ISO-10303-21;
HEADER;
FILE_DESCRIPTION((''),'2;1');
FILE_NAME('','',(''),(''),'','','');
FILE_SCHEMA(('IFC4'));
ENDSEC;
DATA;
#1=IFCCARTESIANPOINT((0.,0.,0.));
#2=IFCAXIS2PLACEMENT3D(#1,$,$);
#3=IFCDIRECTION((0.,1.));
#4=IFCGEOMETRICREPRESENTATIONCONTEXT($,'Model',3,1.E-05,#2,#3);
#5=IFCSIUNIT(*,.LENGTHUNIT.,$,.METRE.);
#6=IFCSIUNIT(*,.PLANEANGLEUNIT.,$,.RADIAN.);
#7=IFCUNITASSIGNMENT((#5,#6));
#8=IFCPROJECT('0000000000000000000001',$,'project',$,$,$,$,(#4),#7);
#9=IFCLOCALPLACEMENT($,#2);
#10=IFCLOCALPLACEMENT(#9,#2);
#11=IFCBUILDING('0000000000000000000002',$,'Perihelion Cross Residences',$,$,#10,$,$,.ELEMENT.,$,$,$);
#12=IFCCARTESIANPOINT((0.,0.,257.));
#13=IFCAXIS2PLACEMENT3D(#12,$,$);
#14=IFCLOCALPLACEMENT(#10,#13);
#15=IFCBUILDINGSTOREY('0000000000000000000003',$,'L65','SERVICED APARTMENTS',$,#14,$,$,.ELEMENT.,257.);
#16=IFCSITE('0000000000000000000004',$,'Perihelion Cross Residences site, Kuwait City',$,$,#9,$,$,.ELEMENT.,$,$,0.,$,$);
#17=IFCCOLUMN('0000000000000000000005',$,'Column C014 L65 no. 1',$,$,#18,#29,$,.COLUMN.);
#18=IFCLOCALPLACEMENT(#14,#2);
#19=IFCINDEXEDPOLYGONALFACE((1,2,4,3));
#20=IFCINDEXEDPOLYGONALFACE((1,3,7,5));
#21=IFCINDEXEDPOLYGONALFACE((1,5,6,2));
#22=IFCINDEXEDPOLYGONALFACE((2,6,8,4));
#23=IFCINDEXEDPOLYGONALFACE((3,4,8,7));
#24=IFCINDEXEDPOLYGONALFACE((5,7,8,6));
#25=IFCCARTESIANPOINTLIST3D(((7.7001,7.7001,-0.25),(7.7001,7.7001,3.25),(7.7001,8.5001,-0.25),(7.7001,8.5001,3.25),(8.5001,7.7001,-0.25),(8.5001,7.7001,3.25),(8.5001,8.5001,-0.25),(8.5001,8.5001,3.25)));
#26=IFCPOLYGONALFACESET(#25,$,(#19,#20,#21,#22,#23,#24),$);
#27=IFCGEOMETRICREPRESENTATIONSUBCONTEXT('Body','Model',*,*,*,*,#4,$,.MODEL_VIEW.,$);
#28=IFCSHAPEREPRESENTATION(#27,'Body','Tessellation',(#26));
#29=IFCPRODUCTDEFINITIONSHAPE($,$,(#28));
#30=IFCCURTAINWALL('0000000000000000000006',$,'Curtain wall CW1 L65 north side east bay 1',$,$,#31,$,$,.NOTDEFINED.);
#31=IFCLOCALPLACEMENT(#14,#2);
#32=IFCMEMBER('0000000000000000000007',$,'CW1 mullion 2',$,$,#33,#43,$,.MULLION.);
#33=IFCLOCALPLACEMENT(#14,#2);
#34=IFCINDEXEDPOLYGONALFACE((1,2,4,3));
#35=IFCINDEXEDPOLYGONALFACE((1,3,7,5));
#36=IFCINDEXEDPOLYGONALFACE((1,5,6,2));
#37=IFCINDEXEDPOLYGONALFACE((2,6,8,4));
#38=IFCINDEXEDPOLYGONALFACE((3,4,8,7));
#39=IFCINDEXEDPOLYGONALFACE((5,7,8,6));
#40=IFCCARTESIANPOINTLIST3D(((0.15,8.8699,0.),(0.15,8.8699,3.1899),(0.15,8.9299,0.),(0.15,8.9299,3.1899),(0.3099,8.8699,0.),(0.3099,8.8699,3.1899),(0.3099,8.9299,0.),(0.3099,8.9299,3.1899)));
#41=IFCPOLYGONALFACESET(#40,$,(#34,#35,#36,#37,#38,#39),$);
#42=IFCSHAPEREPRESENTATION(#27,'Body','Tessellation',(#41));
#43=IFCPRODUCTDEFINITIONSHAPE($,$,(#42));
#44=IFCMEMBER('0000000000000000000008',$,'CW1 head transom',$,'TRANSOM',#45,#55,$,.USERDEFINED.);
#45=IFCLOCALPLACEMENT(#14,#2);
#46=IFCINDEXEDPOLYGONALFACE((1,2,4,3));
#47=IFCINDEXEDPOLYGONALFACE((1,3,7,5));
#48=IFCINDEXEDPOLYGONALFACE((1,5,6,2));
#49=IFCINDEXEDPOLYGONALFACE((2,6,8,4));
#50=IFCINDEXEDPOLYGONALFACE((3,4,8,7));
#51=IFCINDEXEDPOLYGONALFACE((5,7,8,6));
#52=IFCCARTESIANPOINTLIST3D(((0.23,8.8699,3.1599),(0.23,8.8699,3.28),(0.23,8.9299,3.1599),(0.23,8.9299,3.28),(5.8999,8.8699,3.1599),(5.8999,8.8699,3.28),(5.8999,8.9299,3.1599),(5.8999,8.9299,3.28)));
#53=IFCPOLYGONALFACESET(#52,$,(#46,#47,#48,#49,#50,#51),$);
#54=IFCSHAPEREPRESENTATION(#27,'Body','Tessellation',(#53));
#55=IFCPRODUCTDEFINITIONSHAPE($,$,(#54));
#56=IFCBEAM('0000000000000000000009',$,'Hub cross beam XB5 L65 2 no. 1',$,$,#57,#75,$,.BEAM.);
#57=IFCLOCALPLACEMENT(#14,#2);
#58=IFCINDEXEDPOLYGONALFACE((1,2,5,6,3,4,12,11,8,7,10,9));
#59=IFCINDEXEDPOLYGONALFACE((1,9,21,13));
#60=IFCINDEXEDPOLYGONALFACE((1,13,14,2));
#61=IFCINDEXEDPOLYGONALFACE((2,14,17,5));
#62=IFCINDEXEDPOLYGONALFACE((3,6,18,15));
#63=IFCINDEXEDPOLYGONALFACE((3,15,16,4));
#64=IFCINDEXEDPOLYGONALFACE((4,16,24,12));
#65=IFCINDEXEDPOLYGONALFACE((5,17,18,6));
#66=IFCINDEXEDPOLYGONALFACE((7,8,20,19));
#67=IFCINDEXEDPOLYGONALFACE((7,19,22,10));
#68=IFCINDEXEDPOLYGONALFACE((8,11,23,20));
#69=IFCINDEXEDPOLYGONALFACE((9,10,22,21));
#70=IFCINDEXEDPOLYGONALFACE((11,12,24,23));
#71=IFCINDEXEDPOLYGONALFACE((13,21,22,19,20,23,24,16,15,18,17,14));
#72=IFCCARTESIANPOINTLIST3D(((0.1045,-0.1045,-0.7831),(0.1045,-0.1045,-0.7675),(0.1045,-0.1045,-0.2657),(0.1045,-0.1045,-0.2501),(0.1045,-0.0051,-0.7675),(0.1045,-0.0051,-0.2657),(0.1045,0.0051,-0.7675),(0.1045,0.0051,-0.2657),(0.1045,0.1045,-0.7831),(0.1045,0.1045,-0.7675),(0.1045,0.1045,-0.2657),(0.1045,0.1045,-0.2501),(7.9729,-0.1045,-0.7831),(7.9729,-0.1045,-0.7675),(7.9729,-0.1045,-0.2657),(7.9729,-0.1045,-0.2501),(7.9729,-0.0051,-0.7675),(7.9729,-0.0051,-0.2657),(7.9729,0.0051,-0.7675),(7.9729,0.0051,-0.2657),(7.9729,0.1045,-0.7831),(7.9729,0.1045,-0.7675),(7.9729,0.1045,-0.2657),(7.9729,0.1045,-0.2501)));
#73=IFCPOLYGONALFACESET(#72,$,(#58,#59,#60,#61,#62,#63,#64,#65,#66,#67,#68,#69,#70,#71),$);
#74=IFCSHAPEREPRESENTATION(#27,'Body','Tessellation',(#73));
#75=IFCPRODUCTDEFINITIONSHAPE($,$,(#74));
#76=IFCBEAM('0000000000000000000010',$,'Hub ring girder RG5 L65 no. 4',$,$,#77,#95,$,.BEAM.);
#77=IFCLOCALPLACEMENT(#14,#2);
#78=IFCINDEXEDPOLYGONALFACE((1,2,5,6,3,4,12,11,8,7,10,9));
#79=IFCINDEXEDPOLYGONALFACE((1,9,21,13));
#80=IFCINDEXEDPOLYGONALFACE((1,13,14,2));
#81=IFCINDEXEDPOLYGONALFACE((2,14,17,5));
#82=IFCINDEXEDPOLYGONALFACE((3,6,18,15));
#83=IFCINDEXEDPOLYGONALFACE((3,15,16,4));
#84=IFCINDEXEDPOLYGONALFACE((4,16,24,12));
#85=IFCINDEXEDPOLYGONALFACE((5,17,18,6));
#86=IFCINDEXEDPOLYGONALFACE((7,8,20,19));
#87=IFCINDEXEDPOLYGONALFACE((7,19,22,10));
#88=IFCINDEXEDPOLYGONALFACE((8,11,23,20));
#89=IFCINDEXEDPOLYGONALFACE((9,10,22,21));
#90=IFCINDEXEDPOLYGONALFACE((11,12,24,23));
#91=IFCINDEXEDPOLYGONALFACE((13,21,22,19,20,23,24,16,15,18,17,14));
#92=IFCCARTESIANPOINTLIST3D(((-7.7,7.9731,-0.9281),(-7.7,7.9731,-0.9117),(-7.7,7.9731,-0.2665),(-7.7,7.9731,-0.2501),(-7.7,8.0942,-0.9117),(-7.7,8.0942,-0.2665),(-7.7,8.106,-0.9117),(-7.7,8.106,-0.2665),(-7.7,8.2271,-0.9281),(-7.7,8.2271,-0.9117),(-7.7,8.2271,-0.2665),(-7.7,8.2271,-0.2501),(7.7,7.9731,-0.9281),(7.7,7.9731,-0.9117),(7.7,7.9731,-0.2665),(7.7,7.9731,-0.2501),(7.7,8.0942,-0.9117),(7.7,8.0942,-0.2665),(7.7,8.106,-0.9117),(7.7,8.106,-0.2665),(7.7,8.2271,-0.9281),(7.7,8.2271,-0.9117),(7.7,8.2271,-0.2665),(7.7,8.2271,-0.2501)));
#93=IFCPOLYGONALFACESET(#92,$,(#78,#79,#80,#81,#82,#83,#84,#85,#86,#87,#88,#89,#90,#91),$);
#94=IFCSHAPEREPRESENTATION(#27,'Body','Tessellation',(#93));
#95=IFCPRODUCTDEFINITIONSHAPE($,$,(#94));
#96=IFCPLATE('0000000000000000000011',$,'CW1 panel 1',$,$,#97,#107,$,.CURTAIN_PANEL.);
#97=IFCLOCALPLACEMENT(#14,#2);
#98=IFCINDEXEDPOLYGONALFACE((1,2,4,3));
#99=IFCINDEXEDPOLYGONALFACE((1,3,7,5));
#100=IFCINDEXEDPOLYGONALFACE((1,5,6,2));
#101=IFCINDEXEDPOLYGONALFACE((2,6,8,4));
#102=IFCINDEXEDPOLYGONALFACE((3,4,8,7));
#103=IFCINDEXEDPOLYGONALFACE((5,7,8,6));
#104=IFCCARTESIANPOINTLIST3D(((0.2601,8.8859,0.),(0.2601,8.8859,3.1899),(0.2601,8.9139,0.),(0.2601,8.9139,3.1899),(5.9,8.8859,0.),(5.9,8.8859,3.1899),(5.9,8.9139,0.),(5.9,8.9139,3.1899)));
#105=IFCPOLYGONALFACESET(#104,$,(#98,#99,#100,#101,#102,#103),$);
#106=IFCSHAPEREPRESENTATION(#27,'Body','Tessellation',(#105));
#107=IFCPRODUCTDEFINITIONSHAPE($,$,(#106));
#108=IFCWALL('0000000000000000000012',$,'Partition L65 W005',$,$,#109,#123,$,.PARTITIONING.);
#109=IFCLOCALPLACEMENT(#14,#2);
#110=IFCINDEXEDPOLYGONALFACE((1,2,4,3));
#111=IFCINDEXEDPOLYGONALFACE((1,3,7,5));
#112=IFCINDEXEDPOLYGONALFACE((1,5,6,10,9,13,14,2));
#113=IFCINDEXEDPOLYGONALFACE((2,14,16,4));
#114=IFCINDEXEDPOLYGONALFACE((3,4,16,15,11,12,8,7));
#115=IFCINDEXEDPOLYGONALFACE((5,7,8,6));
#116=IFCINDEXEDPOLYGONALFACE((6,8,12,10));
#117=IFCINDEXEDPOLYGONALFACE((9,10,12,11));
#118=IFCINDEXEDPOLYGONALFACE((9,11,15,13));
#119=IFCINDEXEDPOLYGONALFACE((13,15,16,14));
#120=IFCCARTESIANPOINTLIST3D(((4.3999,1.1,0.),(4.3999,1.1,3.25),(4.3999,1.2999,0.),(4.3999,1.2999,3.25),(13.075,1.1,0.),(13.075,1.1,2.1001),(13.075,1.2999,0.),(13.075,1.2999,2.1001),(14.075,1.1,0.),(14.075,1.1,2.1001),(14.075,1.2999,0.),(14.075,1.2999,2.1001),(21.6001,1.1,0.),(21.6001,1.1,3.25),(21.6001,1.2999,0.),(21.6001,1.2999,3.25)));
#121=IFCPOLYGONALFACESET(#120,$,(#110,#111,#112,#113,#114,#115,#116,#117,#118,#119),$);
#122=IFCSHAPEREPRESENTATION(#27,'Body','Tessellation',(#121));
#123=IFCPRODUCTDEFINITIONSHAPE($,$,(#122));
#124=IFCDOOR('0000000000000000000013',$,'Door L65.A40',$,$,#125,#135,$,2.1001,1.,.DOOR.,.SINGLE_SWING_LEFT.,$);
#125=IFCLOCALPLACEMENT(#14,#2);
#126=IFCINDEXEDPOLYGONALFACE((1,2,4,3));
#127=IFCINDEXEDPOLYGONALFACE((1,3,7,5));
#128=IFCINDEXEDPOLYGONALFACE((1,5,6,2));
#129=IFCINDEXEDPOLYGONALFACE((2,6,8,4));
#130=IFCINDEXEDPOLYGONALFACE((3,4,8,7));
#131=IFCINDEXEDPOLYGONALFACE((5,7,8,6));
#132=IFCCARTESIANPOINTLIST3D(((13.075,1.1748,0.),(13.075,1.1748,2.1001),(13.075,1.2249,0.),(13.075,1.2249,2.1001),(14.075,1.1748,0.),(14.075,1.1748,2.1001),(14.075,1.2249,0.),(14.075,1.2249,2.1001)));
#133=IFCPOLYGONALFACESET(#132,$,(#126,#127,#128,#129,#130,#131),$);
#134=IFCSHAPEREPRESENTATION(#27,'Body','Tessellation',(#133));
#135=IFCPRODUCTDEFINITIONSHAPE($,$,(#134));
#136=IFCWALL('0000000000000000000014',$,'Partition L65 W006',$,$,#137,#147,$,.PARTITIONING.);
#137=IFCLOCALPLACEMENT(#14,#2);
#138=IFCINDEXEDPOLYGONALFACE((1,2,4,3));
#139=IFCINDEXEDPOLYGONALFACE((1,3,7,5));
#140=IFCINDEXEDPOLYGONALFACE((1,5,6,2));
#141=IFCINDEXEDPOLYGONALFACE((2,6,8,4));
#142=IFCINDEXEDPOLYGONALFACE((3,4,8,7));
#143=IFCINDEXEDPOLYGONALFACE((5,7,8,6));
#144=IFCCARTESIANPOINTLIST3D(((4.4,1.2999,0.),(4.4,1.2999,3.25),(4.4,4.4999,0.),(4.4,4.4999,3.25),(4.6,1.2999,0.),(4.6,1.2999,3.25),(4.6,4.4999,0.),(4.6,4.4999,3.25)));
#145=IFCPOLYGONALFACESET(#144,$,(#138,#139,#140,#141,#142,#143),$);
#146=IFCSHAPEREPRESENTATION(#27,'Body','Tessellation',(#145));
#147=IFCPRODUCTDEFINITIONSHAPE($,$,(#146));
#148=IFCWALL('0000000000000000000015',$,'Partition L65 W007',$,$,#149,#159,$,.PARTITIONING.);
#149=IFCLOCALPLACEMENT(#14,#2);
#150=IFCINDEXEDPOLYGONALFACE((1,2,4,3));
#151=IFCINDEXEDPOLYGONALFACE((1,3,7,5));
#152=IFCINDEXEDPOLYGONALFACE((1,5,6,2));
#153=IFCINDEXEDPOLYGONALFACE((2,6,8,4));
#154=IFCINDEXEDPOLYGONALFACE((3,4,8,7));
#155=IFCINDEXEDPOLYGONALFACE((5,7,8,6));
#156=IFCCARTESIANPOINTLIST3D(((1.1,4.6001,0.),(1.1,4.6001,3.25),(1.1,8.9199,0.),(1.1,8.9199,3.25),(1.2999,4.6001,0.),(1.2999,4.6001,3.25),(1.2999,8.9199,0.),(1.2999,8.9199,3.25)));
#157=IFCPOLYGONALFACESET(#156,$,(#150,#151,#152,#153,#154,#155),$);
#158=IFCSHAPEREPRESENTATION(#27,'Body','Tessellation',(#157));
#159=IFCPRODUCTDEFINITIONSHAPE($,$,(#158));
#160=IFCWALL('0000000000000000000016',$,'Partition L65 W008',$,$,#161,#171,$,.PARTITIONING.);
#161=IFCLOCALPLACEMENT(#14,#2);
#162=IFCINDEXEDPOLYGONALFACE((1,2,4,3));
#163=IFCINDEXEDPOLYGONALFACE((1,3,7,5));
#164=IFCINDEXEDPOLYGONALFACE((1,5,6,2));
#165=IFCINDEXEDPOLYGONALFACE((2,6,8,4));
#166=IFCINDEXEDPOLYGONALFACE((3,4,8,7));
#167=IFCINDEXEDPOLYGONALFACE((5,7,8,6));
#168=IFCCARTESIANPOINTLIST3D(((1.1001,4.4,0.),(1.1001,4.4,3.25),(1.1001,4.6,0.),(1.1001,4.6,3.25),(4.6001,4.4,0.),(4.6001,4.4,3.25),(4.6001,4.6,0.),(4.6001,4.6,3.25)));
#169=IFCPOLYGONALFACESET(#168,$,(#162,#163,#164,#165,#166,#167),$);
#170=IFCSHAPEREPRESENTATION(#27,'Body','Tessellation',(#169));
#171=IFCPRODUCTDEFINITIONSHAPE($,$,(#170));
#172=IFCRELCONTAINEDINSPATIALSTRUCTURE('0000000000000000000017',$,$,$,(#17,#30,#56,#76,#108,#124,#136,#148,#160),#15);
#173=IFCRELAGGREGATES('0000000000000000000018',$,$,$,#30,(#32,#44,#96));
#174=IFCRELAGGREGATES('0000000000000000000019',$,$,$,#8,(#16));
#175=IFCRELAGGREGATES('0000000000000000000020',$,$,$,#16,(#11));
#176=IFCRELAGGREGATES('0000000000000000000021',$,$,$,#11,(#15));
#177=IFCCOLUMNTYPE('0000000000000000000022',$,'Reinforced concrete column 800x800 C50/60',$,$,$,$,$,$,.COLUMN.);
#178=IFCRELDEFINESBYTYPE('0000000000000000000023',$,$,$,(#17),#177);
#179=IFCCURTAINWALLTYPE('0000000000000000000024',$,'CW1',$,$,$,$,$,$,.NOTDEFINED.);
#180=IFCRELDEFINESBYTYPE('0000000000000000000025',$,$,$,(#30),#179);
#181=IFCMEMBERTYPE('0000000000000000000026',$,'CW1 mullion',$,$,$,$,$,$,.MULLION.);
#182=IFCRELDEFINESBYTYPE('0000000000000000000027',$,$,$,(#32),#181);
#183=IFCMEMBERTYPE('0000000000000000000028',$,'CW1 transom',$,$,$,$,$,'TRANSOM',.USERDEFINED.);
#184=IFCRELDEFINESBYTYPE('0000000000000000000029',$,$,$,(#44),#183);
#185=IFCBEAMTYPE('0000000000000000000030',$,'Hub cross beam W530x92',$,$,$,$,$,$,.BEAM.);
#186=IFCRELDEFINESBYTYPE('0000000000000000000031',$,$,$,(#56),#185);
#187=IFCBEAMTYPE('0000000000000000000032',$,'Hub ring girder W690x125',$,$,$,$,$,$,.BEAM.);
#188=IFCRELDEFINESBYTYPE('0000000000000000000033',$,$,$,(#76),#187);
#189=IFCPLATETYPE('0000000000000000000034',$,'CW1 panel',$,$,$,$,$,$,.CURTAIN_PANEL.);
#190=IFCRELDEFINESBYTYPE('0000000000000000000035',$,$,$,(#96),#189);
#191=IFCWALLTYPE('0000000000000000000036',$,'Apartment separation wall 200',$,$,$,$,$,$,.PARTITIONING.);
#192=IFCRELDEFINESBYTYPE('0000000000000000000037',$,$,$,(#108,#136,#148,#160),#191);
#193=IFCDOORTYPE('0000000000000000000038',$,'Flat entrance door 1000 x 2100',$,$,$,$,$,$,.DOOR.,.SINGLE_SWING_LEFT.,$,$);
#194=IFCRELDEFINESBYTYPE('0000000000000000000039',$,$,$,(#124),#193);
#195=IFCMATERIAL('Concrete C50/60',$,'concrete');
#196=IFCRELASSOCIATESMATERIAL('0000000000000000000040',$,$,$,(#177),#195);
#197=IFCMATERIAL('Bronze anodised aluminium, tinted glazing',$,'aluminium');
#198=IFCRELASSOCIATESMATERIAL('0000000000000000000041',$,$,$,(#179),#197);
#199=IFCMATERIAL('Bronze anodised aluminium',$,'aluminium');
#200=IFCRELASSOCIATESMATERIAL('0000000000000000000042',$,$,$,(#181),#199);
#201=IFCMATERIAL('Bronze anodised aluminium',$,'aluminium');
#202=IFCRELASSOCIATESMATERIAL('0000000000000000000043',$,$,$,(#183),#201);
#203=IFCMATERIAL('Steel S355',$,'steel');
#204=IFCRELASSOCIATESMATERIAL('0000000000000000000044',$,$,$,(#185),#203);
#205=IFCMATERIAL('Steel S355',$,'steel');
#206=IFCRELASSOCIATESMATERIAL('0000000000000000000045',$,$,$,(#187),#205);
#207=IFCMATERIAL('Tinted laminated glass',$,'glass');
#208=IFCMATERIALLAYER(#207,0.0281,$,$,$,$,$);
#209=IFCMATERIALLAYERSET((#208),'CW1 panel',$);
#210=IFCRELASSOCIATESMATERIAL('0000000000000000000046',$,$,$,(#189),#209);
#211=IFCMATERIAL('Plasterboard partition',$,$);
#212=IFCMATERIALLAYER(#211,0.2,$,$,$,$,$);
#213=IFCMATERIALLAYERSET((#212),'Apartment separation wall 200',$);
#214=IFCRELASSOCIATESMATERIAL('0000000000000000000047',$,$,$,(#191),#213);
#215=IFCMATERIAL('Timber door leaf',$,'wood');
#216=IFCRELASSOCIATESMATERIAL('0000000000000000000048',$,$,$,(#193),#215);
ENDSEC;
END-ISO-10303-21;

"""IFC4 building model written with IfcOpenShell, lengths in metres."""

from ifc_helpers import new_model, si_unit, direction, frame, frame_2d, origin, origin_2d, place, context, subcontext, project, spatial, rectangle, i_section, extrude, material, layer, layer_set, material_profile, profile_set, type_object, element, fill, aggregate, save


model = new_model("IFC4")

# Units and contexts
model_context = context("Model", 3, precision=1e-05, world=origin(), true_north=direction((0.0, 1.0)))
body_context = subcontext(model_context, "Body", "Model", "MODEL_VIEW")
ifc_project = project(units=[si_unit("LENGTHUNIT", "METRE"), si_unit("PLANEANGLEUNIT", "RADIAN")], contexts=[model_context])

# Site, building, storey
site_placement = place(None, origin())
site = spatial("IfcSite", under=ifc_project, at=site_placement, Name="Perihelion Cross Residences site, Kuwait City", CompositionType="ELEMENT", RefElevation=0.0)
building_placement = place(site_placement, origin())
building = spatial("IfcBuilding", under=site, at=building_placement, Name="Perihelion Cross Residences", CompositionType="ELEMENT")
storey_placement = place(building_placement, frame((0.0, 0.0, 257.0)))
storey = spatial("IfcBuildingStorey", under=building, at=storey_placement, Name="L65", Description="SERVICED APARTMENTS", CompositionType="ELEMENT", Elevation=257.0)

# Column
ifc_material_1 = material(Name="Concrete C50/60", Category="concrete")
ifc_material_profile_1 = material_profile(ifc_material_1, rectangle(XDim=0.8, YDim=0.8, at=origin_2d()), Name="RC 800x800")
ifc_profile_set_1 = profile_set([ifc_material_profile_1], Name="Concrete C50/60")
column_type = type_object("IfcColumnType", Name="Reinforced concrete column 800x800 C50/60", PredefinedType="COLUMN", material=ifc_profile_set_1)
column_placement = place(storey_placement, frame((8.1001, 8.1001, -0.25), z_axis=(0.0, 0.0, 1.0), x_axis=(1.0, 0.0, 0.0)))
element("IfcColumn", 1, at=column_placement, inside=storey, type_object=column_type, Name="Column C014 L65 no. 1", PredefinedType="COLUMN", context=body_context, shape_type="SweptSolid", body=[
    extrude(rectangle(XDim=0.8, YDim=0.8, at=origin_2d()), origin(), (0.0, 0.0, 1.0), 3.5),
])

# Curtain wall, members
ifc_material_2 = material(Name="Bronze anodised aluminium, tinted glazing", Category="aluminium")
curtain_wall_type = type_object("IfcCurtainWallType", Name="CW1", PredefinedType="NOTDEFINED", material=ifc_material_2)
curtain_wall_placement = place(storey_placement, origin())
curtain_wall = element("IfcCurtainWall", 2, at=curtain_wall_placement, inside=storey, type_object=curtain_wall_type, Name="Curtain wall CW1 L65 north side east bay 1", PredefinedType="NOTDEFINED")
ifc_material_3 = material(Name="Bronze anodised aluminium", Category="aluminium")
ifc_material_profile_2 = material_profile(ifc_material_3, rectangle(XDim=0.0601, YDim=0.1599, at=origin_2d()), Name="CW1 mullion")
ifc_profile_set_2 = profile_set([ifc_material_profile_2], Name="Bronze anodised aluminium")
member_type_1 = type_object("IfcMemberType", Name="CW1 mullion", PredefinedType="MULLION", material=ifc_profile_set_2)
member_1_placement = place(storey_placement, frame((0.23, 8.8999, 0.0), z_axis=(0.0, 0.0, 1.0), x_axis=(0.0, -1.0, 0.0)))
member_1 = element("IfcMember", 3, at=member_1_placement, type_object=member_type_1, Name="CW1 mullion 2", PredefinedType="MULLION", context=body_context, shape_type="SweptSolid", body=[
    extrude(rectangle(XDim=0.0601, YDim=0.1599, at=origin_2d()), origin(), (0.0, 0.0, 1.0), 3.1899),
])
ifc_material_4 = material(Name="Bronze anodised aluminium", Category="aluminium")
ifc_material_profile_3 = material_profile(ifc_material_4, rectangle(XDim=0.0601, YDim=0.1201, at=origin_2d()), Name="CW1 transom")
ifc_profile_set_3 = profile_set([ifc_material_profile_3], Name="Bronze anodised aluminium")
member_type_2 = type_object("IfcMemberType", Name="CW1 transom", ElementType="TRANSOM", PredefinedType="USERDEFINED", material=ifc_profile_set_3)
member_2_placement = place(storey_placement, frame((5.8999, 8.8999, 3.22), z_axis=(-1.0, 0.0, 0.0), x_axis=(0.0, -1.0, 0.0)))
member_2 = element("IfcMember", 4, at=member_2_placement, type_object=member_type_2, Name="CW1 head transom", ObjectType="TRANSOM", PredefinedType="USERDEFINED", context=body_context, shape_type="SweptSolid", body=[
    extrude(rectangle(XDim=0.0601, YDim=0.1201, at=origin_2d()), origin(), (0.0, 0.0, 1.0), 5.6699),
])

# Beams
ifc_material_5 = material(Name="Steel S355", Category="steel")
ifc_material_profile_4 = material_profile(ifc_material_5, i_section(OverallWidth=0.209, OverallDepth=0.533, WebThickness=0.0103, FlangeThickness=0.0156, at=origin_2d()), Name="W530x92")
ifc_profile_set_4 = profile_set([ifc_material_profile_4], Name="Steel S355")
beam_type_1 = type_object("IfcBeamType", Name="Hub cross beam W530x92", PredefinedType="BEAM", material=ifc_profile_set_4)
beam_1_placement = place(storey_placement, frame((0.1045, 0.0, -0.5166), z_axis=(1.0, 0.0, 0.0), x_axis=(0.0, 1.0, 0.0)))
element("IfcBeam", 5, at=beam_1_placement, inside=storey, type_object=beam_type_1, Name="Hub cross beam XB5 L65 2 no. 1", PredefinedType="BEAM", context=body_context, shape_type="SweptSolid", body=[
    extrude(i_section(OverallWidth=0.209, OverallDepth=0.533, WebThickness=0.0103, FlangeThickness=0.0156, at=origin_2d()), origin(), (0.0, 0.0, 1.0), 7.8684),
])
ifc_material_6 = material(Name="Steel S355", Category="steel")
ifc_material_profile_5 = material_profile(ifc_material_6, i_section(OverallWidth=0.2539, OverallDepth=0.678, WebThickness=0.0117, FlangeThickness=0.0164, at=origin_2d()), Name="W690x125")
ifc_profile_set_5 = profile_set([ifc_material_profile_5], Name="Steel S355")
beam_type_2 = type_object("IfcBeamType", Name="Hub ring girder W690x125", PredefinedType="BEAM", material=ifc_profile_set_5)
beam_2_placement = place(storey_placement, frame((7.7, 8.1001, -0.5891), z_axis=(-1.0, 0.0, 0.0), x_axis=(0.0, -1.0, 0.0)))
element("IfcBeam", 6, at=beam_2_placement, inside=storey, type_object=beam_type_2, Name="Hub ring girder RG5 L65 no. 4", PredefinedType="BEAM", context=body_context, shape_type="SweptSolid", body=[
    extrude(i_section(OverallWidth=0.2539, OverallDepth=0.678, WebThickness=0.0117, FlangeThickness=0.0164, at=origin_2d()), origin(), (0.0, 0.0, 1.0), 15.3999),
])

# Plate
ifc_material_7 = material(Name="Tinted laminated glass", Category="glass")
ifc_layer_1 = layer(ifc_material_7, 0.0281)
ifc_layer_set_1 = layer_set([ifc_layer_1], Name="CW1 panel")
plate_type = type_object("IfcPlateType", Name="CW1 panel", PredefinedType="CURTAIN_PANEL", material=ifc_layer_set_1)
plate_placement = place(storey_placement, frame((3.0801, 8.8999, 0.0), z_axis=(0.0, 0.0, 1.0), x_axis=(-1.0, 0.0, 0.0)))
plate = element("IfcPlate", 7, at=plate_placement, type_object=plate_type, Name="CW1 panel 1", PredefinedType="CURTAIN_PANEL", context=body_context, shape_type="SweptSolid", body=[
    extrude(rectangle(XDim=5.6399, YDim=0.0281, at=origin_2d()), origin(), (0.0, 0.0, 1.0), 3.1899),
])
aggregate(curtain_wall, [member_1, member_2, plate])

# Wall, opening, door
ifc_material_8 = material(Name="Plasterboard partition")
ifc_layer_2 = layer(ifc_material_8, 0.2)
ifc_layer_set_2 = layer_set([ifc_layer_2], Name="Apartment separation wall 200")
wall_type_1 = type_object("IfcWallType", Name="Apartment separation wall 200", PredefinedType="PARTITIONING", material=ifc_layer_set_2)
wall_1_placement = place(storey_placement, frame((4.3999, 1.2, 0.0), z_axis=(0.0, 0.0, 1.0), x_axis=(1.0, 0.0, 0.0)))
wall_1 = element("IfcWall", 8, at=wall_1_placement, inside=storey, type_object=wall_type_1, Name="Partition L65 W005", PredefinedType="PARTITIONING", context=body_context, shape_type="SweptSolid", body=[
    extrude(rectangle(XDim=17.2002, YDim=0.2, at=frame_2d((8.6001, 0.0))), origin(), (0.0, 0.0, 1.0), 3.25),
])
opening_1_placement = place(wall_1_placement, frame((8.675, 0.0, 0.0)))
opening_1 = element("IfcOpeningElement", 9, at=opening_1_placement, cuts=wall_1, PredefinedType="OPENING", context=body_context, shape_type="SweptSolid", body=[
    extrude(rectangle(XDim=1.0, YDim=2.1001, at=frame_2d((0.5, 1.05))), frame((0.0, 0.1099, 0.0), z_axis=(0.0, -1.0, 0.0), x_axis=(1.0, 0.0, 0.0)), (0.0, 0.0, 1.0), 0.22),
])
ifc_material_9 = material(Name="Timber door leaf", Category="wood")
door_type_1 = type_object("IfcDoorType", Name="Flat entrance door 1000 x 2100", OperationType="SINGLE_SWING_LEFT", PredefinedType="DOOR", material=ifc_material_9)
door_1_placement = place(opening_1_placement, origin())
door_1 = element("IfcDoor", 10, at=door_1_placement, inside=storey, type_object=door_type_1, Name="Door L65.A40", OperationType="SINGLE_SWING_LEFT", OverallHeight=2.1001, OverallWidth=1.0, PredefinedType="DOOR", context=body_context, shape_type="SweptSolid", body=[
    extrude(rectangle(XDim=1.0, YDim=2.1001, at=frame_2d((0.5, 1.05))), frame((0.0, 0.0249, 0.0), z_axis=(0.0, -1.0, 0.0), x_axis=(1.0, 0.0, 0.0)), (0.0, 0.0, 1.0), 0.05),
])
fill(opening_1, door_1)

# Walls
wall_2_placement = place(storey_placement, frame((4.5, 4.5, 0.0), z_axis=(0.0, 0.0, 1.0), x_axis=(0.0, -1.0, 0.0)))
element("IfcWall", 11, at=wall_2_placement, inside=storey, type_object=wall_type_1, Name="Partition L65 W006", PredefinedType="PARTITIONING", context=body_context, shape_type="SweptSolid", body=[
    extrude(rectangle(XDim=3.2, YDim=0.2, at=frame_2d((1.6001, 0.0))), origin(), (0.0, 0.0, 1.0), 3.25),
])
wall_3_placement = place(storey_placement, frame((1.2, 8.9199, 0.0), z_axis=(0.0, 0.0, 1.0), x_axis=(0.0, -1.0, 0.0)))
element("IfcWall", 12, at=wall_3_placement, inside=storey, type_object=wall_type_1, Name="Partition L65 W007", PredefinedType="PARTITIONING", context=body_context, shape_type="SweptSolid", body=[
    extrude(rectangle(XDim=4.3198, YDim=0.2, at=frame_2d((2.1599, 0.0))), origin(), (0.0, 0.0, 1.0), 3.25),
])
wall_4_placement = place(storey_placement, frame((1.1001, 4.5, 0.0), z_axis=(0.0, 0.0, 1.0), x_axis=(1.0, 0.0, 0.0)))
element("IfcWall", 13, at=wall_4_placement, inside=storey, type_object=wall_type_1, Name="Partition L65 W008", PredefinedType="PARTITIONING", context=body_context, shape_type="SweptSolid", body=[
    extrude(rectangle(XDim=3.5, YDim=0.2, at=frame_2d((1.75, 0.0))), origin(), (0.0, 0.0, 1.0), 3.25),
])

save(model, "model.ifc")
